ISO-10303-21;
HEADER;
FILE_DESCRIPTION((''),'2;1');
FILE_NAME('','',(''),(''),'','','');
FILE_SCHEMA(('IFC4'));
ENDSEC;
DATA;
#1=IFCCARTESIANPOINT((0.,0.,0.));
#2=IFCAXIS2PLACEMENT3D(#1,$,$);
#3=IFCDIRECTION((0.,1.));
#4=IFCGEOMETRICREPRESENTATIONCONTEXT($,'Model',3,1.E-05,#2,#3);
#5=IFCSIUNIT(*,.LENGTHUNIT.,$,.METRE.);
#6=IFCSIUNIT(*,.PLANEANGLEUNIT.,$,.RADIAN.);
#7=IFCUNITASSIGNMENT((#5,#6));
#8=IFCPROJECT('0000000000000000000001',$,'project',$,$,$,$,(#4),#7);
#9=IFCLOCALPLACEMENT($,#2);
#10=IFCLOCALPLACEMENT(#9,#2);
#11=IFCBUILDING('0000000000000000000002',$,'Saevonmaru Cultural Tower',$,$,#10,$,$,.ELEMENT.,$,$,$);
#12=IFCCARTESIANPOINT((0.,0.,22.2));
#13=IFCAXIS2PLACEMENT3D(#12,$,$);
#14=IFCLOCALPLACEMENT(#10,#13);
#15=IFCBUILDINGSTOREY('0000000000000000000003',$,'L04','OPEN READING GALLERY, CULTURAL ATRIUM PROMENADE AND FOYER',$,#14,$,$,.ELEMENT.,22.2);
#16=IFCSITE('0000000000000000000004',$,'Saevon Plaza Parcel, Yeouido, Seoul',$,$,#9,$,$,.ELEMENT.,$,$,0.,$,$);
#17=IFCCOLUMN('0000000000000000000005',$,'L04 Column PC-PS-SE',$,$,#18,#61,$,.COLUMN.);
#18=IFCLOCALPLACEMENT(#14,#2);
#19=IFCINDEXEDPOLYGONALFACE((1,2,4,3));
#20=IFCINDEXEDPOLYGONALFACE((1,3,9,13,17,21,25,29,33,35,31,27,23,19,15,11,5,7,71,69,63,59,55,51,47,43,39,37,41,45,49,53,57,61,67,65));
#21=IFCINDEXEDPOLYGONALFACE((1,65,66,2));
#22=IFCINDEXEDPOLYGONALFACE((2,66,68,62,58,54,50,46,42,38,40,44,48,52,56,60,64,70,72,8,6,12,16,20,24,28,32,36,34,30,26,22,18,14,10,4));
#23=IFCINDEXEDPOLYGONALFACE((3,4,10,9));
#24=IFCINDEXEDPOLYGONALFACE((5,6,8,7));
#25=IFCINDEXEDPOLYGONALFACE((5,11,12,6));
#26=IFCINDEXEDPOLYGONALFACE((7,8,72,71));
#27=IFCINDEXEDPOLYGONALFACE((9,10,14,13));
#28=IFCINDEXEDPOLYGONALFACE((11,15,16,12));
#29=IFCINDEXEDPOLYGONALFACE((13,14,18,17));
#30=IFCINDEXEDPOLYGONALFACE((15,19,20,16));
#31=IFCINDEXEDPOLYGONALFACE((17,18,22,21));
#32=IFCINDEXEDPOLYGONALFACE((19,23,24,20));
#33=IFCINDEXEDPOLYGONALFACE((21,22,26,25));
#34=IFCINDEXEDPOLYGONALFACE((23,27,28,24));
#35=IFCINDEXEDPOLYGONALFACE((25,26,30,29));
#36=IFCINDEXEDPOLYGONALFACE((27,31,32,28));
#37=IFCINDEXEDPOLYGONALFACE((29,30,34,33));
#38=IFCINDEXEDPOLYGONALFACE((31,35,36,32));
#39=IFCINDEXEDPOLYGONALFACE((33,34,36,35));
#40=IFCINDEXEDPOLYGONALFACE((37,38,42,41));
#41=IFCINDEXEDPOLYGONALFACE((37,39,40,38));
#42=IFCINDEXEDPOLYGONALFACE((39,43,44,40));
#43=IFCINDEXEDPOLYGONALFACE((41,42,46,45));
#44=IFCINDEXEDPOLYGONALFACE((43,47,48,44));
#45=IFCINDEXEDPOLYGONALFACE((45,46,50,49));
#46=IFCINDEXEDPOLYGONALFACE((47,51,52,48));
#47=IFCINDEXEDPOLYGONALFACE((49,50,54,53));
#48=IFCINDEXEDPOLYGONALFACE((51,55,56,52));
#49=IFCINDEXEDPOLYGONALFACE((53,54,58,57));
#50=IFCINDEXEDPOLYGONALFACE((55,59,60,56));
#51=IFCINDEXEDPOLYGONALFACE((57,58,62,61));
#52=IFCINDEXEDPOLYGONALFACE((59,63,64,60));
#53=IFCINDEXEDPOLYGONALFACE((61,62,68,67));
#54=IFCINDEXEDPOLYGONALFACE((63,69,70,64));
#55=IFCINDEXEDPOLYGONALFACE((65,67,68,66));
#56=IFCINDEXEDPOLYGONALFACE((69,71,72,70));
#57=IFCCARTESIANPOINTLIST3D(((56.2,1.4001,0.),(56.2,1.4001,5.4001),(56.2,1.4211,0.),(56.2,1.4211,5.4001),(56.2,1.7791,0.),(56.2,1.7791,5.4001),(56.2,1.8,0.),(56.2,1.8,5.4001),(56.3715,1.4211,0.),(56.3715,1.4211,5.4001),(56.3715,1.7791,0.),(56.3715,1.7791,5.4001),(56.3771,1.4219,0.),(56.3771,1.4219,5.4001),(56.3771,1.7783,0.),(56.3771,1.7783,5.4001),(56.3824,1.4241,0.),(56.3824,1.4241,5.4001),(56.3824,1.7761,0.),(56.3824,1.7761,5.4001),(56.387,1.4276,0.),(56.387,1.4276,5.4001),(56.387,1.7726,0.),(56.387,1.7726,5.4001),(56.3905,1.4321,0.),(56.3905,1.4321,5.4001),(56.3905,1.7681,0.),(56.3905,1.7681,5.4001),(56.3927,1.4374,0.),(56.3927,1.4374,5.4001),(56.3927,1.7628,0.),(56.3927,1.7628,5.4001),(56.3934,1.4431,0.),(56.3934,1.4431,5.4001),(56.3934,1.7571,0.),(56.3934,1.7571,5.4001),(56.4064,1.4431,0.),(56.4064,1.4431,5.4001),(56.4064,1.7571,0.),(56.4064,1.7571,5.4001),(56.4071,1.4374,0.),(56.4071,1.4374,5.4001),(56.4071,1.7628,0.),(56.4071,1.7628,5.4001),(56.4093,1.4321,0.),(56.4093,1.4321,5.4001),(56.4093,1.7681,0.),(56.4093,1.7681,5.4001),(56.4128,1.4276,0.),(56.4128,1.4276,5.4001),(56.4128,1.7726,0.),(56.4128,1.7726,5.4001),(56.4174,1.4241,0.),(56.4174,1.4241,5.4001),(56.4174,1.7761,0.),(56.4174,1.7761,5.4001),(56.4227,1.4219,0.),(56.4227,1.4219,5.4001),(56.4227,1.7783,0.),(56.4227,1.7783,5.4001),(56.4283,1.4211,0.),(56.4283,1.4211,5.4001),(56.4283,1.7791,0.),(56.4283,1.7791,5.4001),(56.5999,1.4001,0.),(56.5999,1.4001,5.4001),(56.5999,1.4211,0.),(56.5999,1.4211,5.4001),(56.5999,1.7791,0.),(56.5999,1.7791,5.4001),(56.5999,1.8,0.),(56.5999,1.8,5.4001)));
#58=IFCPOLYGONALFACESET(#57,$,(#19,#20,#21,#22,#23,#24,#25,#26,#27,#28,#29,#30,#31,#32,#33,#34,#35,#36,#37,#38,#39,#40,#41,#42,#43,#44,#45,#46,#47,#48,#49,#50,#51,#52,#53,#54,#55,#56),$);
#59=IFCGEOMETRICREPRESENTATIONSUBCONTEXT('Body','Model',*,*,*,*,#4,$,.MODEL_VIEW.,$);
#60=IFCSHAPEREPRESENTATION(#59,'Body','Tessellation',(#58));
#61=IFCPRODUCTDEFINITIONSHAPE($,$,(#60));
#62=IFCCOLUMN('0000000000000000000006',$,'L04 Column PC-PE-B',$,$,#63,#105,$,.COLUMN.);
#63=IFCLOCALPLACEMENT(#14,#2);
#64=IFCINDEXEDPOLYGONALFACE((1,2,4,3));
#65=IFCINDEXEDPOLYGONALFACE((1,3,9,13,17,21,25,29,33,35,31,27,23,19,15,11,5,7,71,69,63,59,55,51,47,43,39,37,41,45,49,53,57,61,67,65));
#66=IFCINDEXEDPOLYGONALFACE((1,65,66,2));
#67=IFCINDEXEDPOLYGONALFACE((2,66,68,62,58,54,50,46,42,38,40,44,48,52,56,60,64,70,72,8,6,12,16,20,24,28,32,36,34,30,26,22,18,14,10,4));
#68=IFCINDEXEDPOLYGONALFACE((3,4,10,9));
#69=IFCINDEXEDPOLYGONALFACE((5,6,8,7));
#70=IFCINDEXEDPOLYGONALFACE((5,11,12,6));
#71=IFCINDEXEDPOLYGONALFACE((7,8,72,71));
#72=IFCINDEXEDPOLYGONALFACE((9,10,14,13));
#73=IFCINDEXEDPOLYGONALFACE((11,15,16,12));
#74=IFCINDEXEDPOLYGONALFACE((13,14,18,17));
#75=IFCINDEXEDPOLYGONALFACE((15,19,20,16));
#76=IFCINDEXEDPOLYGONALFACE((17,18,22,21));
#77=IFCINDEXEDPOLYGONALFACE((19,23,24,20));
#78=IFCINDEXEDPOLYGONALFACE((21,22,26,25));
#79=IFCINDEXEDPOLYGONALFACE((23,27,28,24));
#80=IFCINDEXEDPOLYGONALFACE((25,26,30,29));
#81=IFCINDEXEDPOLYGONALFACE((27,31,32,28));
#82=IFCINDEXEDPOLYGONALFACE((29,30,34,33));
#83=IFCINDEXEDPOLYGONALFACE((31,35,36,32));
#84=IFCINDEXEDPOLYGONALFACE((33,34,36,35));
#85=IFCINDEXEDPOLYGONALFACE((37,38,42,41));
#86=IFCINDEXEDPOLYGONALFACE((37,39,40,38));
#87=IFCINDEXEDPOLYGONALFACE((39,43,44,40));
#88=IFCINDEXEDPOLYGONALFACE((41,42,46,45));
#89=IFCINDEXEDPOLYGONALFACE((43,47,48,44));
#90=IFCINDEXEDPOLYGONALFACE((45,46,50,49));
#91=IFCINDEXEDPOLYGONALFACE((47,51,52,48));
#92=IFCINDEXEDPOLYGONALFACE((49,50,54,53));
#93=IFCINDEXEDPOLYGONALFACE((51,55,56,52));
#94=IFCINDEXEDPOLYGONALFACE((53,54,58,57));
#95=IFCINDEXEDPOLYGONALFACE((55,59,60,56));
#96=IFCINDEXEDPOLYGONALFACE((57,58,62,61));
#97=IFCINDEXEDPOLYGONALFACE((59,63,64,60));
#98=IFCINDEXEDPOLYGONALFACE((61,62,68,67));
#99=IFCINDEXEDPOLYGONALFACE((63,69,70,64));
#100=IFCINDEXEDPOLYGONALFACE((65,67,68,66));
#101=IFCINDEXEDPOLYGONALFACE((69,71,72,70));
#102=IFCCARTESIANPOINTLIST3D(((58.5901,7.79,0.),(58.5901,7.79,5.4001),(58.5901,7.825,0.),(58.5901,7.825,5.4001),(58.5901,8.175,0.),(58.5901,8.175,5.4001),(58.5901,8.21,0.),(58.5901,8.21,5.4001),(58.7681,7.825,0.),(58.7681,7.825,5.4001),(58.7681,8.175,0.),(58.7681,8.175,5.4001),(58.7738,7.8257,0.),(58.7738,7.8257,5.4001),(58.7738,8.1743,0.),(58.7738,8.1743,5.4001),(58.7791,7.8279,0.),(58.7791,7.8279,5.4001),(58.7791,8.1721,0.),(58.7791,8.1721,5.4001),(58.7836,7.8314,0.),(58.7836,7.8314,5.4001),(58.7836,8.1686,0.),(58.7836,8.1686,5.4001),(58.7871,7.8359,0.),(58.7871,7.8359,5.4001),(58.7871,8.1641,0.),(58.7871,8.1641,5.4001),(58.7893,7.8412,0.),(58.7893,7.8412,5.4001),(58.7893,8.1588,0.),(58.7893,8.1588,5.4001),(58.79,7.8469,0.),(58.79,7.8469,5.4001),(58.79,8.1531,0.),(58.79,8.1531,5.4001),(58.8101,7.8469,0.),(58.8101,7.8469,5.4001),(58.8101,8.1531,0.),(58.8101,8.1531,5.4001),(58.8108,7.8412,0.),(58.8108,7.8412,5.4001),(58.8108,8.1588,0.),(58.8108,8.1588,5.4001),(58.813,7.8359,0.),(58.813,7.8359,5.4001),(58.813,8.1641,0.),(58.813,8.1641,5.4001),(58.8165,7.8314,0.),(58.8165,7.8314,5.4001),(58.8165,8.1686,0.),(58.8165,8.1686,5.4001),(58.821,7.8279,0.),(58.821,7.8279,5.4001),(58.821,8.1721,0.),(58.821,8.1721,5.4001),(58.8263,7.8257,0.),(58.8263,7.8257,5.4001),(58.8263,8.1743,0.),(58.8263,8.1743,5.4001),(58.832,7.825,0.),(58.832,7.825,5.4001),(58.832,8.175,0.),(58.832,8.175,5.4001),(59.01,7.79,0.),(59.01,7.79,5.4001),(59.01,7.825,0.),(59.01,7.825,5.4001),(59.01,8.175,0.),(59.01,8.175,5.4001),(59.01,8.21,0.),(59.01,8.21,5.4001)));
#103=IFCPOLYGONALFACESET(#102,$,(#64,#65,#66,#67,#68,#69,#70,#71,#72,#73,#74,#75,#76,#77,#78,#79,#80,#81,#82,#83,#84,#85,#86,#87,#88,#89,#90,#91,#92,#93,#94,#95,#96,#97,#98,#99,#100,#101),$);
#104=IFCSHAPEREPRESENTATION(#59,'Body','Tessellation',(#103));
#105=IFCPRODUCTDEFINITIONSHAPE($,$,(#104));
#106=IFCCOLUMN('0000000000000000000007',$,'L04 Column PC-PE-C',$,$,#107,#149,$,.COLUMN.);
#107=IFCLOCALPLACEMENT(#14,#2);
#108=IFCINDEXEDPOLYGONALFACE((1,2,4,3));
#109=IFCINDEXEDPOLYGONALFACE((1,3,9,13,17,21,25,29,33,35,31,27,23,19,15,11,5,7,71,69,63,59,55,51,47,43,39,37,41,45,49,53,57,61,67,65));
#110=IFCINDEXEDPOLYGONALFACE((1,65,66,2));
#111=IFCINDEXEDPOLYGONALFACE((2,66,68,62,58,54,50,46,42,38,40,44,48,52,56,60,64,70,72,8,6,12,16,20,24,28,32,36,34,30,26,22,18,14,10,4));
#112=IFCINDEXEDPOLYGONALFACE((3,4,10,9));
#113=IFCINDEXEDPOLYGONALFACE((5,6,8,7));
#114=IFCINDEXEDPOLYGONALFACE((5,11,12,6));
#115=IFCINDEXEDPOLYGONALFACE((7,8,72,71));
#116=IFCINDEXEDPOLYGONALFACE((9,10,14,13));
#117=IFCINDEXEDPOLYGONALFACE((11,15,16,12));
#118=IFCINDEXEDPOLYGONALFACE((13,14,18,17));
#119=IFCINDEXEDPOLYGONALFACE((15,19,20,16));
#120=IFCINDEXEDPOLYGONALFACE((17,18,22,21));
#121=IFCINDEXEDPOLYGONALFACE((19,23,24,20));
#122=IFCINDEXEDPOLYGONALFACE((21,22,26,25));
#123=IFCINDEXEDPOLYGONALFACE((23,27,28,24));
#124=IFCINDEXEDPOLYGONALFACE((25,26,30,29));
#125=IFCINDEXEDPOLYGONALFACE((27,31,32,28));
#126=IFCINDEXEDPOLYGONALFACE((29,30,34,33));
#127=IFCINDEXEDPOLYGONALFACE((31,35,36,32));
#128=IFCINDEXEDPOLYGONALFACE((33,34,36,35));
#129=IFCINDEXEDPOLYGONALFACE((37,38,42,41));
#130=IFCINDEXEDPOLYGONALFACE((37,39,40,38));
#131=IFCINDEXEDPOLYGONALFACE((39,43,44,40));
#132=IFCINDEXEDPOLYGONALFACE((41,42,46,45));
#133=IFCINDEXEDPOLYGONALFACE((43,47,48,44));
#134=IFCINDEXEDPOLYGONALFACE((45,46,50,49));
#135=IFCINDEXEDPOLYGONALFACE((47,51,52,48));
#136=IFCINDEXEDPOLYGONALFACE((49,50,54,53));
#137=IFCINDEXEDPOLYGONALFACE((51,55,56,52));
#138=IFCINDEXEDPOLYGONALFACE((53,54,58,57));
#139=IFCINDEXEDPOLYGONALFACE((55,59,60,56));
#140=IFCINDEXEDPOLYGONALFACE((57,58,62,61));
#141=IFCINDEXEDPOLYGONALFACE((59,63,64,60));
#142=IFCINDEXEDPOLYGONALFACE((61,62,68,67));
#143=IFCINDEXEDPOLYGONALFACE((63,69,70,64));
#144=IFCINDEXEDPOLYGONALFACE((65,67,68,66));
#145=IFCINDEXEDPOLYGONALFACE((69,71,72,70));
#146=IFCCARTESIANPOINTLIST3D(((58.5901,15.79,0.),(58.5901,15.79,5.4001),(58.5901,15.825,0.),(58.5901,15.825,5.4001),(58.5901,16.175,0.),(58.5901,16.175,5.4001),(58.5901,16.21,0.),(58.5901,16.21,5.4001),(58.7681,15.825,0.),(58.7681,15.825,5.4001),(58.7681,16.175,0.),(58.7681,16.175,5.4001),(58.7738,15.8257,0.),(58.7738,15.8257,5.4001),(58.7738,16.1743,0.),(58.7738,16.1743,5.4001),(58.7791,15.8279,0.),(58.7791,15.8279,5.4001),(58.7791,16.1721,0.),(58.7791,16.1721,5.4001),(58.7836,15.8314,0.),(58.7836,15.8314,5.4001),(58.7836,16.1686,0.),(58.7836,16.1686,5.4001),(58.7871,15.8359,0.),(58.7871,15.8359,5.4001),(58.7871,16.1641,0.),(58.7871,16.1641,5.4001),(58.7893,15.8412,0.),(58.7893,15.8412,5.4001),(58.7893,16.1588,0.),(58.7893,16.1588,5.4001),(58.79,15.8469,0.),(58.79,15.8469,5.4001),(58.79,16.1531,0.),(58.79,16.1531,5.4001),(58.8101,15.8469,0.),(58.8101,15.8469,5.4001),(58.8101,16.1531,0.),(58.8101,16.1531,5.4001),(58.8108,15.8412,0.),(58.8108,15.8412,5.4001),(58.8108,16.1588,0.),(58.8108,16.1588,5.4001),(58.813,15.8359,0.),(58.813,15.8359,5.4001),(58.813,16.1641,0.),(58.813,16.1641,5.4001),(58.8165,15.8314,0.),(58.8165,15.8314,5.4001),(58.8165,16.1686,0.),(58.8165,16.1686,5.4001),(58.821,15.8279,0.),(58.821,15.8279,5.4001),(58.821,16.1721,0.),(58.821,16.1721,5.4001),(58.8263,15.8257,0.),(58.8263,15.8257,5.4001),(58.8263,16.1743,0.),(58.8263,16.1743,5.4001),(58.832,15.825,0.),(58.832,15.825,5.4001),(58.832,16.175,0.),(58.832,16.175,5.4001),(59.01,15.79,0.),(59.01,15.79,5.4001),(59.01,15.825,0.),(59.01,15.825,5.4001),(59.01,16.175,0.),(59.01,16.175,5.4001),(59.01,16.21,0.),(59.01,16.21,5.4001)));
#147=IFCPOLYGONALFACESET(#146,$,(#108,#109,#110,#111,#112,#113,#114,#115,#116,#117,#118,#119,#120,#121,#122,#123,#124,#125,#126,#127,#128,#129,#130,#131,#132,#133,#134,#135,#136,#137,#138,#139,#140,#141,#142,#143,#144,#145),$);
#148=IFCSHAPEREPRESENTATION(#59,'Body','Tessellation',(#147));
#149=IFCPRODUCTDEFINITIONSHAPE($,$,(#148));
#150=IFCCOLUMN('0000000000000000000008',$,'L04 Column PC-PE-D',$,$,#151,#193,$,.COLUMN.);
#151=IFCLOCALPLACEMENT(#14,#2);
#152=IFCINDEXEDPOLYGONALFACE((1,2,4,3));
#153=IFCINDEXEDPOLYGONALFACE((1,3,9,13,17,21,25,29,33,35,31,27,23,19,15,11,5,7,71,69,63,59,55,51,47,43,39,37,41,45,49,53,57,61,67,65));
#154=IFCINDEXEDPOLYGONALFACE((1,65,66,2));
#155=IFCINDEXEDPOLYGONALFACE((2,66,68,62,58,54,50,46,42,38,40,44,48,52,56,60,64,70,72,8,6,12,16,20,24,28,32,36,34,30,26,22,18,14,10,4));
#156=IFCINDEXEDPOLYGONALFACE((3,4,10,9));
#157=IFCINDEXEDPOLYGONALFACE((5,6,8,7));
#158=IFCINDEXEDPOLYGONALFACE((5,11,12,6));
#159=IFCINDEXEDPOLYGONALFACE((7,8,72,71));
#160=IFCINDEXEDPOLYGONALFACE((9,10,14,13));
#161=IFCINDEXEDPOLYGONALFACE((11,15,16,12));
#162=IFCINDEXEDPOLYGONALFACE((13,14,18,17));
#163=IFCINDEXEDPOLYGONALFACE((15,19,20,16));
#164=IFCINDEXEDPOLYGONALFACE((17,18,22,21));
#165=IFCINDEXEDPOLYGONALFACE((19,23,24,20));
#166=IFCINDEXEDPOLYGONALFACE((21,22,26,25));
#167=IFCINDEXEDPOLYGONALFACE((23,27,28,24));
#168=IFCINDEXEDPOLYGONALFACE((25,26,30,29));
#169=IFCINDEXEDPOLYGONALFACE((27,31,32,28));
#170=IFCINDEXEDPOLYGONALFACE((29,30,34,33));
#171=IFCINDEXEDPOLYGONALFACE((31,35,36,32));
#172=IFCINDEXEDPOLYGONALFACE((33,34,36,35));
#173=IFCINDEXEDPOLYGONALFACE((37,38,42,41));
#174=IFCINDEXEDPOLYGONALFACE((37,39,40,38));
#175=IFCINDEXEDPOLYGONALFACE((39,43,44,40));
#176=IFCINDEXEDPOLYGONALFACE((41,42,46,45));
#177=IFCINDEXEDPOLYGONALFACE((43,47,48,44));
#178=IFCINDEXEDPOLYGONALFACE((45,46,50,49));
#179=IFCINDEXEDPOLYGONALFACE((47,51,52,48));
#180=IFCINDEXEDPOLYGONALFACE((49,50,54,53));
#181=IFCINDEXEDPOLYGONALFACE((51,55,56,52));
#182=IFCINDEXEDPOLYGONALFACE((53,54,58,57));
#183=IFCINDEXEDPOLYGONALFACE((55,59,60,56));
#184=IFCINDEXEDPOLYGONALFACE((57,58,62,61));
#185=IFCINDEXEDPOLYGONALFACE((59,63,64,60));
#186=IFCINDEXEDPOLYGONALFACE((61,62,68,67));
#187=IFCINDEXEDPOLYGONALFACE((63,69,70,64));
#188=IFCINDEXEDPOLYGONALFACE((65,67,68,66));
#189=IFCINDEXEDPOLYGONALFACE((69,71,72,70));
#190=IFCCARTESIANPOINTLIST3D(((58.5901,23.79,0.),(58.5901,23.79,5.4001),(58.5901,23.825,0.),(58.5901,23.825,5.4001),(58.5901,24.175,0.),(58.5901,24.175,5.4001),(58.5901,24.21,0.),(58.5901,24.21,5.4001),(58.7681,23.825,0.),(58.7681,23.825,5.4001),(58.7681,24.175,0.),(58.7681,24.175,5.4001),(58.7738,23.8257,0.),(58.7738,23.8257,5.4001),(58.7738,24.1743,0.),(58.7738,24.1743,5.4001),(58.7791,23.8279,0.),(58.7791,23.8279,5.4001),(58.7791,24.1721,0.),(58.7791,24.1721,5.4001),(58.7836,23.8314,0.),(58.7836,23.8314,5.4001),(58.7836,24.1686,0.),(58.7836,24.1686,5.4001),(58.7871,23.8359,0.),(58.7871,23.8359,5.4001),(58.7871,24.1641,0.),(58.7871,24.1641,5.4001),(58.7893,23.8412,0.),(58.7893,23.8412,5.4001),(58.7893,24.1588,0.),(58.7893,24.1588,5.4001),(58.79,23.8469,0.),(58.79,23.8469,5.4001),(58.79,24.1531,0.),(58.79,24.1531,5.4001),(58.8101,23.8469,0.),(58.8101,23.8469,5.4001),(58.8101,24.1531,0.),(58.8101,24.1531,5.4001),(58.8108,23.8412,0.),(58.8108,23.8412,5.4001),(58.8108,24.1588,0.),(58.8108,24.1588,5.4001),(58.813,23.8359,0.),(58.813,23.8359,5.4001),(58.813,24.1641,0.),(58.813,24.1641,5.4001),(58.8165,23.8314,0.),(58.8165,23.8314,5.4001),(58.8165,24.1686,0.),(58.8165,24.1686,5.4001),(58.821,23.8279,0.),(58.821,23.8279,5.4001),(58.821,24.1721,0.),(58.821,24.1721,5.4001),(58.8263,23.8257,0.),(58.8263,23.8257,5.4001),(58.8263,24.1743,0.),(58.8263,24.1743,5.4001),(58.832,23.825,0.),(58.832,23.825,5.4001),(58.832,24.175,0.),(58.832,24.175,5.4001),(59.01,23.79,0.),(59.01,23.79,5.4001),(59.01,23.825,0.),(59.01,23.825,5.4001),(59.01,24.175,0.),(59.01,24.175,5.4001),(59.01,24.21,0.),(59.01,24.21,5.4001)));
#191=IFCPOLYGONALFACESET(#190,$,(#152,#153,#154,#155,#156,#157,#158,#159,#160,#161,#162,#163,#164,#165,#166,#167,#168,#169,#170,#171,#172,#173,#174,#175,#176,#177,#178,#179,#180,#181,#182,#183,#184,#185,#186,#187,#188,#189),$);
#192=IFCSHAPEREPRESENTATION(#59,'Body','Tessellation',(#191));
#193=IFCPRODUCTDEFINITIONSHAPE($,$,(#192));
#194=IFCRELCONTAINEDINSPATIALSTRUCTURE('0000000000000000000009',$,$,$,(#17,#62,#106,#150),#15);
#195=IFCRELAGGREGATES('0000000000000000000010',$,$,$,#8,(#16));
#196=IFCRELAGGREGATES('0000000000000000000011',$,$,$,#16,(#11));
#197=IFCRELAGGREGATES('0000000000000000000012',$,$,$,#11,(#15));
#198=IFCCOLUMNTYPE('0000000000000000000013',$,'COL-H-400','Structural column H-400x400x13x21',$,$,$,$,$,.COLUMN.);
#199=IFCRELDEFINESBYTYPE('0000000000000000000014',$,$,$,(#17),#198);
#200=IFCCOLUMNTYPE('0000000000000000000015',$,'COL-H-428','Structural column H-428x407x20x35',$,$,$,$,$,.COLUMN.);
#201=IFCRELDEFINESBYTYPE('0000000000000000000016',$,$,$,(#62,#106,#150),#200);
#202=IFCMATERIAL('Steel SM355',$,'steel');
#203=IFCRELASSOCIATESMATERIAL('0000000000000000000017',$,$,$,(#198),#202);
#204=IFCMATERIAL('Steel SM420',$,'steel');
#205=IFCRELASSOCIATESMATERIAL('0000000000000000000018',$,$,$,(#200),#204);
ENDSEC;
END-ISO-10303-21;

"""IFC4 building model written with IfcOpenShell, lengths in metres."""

from ifc_helpers import new_model, si_unit, direction, frame, origin, origin_2d, place, context, subcontext, project, spatial, i_section, extrude, material, material_profile, profile_set, type_object, element, save


model = new_model("IFC4")

# Units and contexts
model_context = context("Model", 3, precision=1e-05, world=origin(), true_north=direction((0.0, 1.0)))
body_context = subcontext(model_context, "Body", "Model", "MODEL_VIEW")
ifc_project = project(units=[si_unit("LENGTHUNIT", "METRE"), si_unit("PLANEANGLEUNIT", "RADIAN")], contexts=[model_context])

# Site, building, storey
site_placement = place(None, origin())
site = spatial("IfcSite", under=ifc_project, at=site_placement, Name="Saevon Plaza Parcel, Yeouido, Seoul", CompositionType="ELEMENT", RefElevation=0.0)
building_placement = place(site_placement, origin())
building = spatial("IfcBuilding", under=site, at=building_placement, Name="Saevonmaru Cultural Tower", CompositionType="ELEMENT")
storey_placement = place(building_placement, frame((0.0, 0.0, 22.2)))
storey = spatial("IfcBuildingStorey", under=building, at=storey_placement, Name="L04", Description="OPEN READING GALLERY, CULTURAL ATRIUM PROMENADE AND FOYER", CompositionType="ELEMENT", Elevation=22.2)

# Columns
ifc_material_1 = material(Name="Steel SM355", Category="steel")
ifc_material_profile_1 = material_profile(ifc_material_1, i_section(OverallWidth=0.3999, OverallDepth=0.3999, WebThickness=0.0129, FlangeThickness=0.021, FilletRadius=0.022, at=origin_2d()), Name="H-400x400x13x21")
ifc_profile_set_1 = profile_set([ifc_material_profile_1], Name="Steel SM355")
column_type_1 = type_object("IfcColumnType", Name="COL-H-400", Description="Structural column H-400x400x13x21", PredefinedType="COLUMN", material=ifc_profile_set_1)
column_placement = place(storey_placement, frame((56.3999, 1.6001, 0.0), z_axis=(0.0, 0.0, 1.0), x_axis=(1.0, 0.0, 0.0)))
element("IfcColumn", 1, at=column_placement, inside=storey, type_object=column_type_1, Name="L04 Column PC-PS-SE", PredefinedType="COLUMN", context=body_context, shape_type="SweptSolid", body=[
    extrude(i_section(OverallWidth=0.3999, OverallDepth=0.3999, WebThickness=0.0129, FlangeThickness=0.021, FilletRadius=0.022, at=origin_2d()), origin(), (0.0, 0.0, 1.0), 5.4001),
])
ifc_material_2 = material(Name="Steel SM420", Category="steel")
ifc_material_profile_2 = material_profile(ifc_material_2, i_section(OverallWidth=0.4199, OverallDepth=0.4199, WebThickness=0.02, FlangeThickness=0.0349, FilletRadius=0.022, at=origin_2d()), Name="H-428x407x20x35")
ifc_profile_set_2 = profile_set([ifc_material_profile_2], Name="Steel SM420")
column_type_2 = type_object("IfcColumnType", Name="COL-H-428", Description="Structural column H-428x407x20x35", PredefinedType="COLUMN", material=ifc_profile_set_2)
for number, where, z_axis, x_axis, name in (
    (2, (58.8, 8.0, 0.0), (0.0, 0.0, 1.0), (1.0, 0.0, 0.0), "L04 Column PC-PE-B"),
    (3, (58.8, 16.0, 0.0), (0.0, 0.0, 1.0), (1.0, 0.0, 0.0), "L04 Column PC-PE-C"),
    (4, (58.8, 24.0, 0.0), (0.0, 0.0, 1.0), (1.0, 0.0, 0.0), "L04 Column PC-PE-D"),
):
    element("IfcColumn", number, at=place(storey_placement, frame(where, z_axis=z_axis, x_axis=x_axis)), inside=storey, type_object=column_type_2, Name=name, PredefinedType="COLUMN", context=body_context, shape_type="SweptSolid", body=[
        extrude(i_section(OverallWidth=0.4199, OverallDepth=0.4199, WebThickness=0.02, FlangeThickness=0.0349, FilletRadius=0.022, at=origin_2d()), origin(), (0.0, 0.0, 1.0), 5.4001),
    ])

save(model, "model.ifc")
